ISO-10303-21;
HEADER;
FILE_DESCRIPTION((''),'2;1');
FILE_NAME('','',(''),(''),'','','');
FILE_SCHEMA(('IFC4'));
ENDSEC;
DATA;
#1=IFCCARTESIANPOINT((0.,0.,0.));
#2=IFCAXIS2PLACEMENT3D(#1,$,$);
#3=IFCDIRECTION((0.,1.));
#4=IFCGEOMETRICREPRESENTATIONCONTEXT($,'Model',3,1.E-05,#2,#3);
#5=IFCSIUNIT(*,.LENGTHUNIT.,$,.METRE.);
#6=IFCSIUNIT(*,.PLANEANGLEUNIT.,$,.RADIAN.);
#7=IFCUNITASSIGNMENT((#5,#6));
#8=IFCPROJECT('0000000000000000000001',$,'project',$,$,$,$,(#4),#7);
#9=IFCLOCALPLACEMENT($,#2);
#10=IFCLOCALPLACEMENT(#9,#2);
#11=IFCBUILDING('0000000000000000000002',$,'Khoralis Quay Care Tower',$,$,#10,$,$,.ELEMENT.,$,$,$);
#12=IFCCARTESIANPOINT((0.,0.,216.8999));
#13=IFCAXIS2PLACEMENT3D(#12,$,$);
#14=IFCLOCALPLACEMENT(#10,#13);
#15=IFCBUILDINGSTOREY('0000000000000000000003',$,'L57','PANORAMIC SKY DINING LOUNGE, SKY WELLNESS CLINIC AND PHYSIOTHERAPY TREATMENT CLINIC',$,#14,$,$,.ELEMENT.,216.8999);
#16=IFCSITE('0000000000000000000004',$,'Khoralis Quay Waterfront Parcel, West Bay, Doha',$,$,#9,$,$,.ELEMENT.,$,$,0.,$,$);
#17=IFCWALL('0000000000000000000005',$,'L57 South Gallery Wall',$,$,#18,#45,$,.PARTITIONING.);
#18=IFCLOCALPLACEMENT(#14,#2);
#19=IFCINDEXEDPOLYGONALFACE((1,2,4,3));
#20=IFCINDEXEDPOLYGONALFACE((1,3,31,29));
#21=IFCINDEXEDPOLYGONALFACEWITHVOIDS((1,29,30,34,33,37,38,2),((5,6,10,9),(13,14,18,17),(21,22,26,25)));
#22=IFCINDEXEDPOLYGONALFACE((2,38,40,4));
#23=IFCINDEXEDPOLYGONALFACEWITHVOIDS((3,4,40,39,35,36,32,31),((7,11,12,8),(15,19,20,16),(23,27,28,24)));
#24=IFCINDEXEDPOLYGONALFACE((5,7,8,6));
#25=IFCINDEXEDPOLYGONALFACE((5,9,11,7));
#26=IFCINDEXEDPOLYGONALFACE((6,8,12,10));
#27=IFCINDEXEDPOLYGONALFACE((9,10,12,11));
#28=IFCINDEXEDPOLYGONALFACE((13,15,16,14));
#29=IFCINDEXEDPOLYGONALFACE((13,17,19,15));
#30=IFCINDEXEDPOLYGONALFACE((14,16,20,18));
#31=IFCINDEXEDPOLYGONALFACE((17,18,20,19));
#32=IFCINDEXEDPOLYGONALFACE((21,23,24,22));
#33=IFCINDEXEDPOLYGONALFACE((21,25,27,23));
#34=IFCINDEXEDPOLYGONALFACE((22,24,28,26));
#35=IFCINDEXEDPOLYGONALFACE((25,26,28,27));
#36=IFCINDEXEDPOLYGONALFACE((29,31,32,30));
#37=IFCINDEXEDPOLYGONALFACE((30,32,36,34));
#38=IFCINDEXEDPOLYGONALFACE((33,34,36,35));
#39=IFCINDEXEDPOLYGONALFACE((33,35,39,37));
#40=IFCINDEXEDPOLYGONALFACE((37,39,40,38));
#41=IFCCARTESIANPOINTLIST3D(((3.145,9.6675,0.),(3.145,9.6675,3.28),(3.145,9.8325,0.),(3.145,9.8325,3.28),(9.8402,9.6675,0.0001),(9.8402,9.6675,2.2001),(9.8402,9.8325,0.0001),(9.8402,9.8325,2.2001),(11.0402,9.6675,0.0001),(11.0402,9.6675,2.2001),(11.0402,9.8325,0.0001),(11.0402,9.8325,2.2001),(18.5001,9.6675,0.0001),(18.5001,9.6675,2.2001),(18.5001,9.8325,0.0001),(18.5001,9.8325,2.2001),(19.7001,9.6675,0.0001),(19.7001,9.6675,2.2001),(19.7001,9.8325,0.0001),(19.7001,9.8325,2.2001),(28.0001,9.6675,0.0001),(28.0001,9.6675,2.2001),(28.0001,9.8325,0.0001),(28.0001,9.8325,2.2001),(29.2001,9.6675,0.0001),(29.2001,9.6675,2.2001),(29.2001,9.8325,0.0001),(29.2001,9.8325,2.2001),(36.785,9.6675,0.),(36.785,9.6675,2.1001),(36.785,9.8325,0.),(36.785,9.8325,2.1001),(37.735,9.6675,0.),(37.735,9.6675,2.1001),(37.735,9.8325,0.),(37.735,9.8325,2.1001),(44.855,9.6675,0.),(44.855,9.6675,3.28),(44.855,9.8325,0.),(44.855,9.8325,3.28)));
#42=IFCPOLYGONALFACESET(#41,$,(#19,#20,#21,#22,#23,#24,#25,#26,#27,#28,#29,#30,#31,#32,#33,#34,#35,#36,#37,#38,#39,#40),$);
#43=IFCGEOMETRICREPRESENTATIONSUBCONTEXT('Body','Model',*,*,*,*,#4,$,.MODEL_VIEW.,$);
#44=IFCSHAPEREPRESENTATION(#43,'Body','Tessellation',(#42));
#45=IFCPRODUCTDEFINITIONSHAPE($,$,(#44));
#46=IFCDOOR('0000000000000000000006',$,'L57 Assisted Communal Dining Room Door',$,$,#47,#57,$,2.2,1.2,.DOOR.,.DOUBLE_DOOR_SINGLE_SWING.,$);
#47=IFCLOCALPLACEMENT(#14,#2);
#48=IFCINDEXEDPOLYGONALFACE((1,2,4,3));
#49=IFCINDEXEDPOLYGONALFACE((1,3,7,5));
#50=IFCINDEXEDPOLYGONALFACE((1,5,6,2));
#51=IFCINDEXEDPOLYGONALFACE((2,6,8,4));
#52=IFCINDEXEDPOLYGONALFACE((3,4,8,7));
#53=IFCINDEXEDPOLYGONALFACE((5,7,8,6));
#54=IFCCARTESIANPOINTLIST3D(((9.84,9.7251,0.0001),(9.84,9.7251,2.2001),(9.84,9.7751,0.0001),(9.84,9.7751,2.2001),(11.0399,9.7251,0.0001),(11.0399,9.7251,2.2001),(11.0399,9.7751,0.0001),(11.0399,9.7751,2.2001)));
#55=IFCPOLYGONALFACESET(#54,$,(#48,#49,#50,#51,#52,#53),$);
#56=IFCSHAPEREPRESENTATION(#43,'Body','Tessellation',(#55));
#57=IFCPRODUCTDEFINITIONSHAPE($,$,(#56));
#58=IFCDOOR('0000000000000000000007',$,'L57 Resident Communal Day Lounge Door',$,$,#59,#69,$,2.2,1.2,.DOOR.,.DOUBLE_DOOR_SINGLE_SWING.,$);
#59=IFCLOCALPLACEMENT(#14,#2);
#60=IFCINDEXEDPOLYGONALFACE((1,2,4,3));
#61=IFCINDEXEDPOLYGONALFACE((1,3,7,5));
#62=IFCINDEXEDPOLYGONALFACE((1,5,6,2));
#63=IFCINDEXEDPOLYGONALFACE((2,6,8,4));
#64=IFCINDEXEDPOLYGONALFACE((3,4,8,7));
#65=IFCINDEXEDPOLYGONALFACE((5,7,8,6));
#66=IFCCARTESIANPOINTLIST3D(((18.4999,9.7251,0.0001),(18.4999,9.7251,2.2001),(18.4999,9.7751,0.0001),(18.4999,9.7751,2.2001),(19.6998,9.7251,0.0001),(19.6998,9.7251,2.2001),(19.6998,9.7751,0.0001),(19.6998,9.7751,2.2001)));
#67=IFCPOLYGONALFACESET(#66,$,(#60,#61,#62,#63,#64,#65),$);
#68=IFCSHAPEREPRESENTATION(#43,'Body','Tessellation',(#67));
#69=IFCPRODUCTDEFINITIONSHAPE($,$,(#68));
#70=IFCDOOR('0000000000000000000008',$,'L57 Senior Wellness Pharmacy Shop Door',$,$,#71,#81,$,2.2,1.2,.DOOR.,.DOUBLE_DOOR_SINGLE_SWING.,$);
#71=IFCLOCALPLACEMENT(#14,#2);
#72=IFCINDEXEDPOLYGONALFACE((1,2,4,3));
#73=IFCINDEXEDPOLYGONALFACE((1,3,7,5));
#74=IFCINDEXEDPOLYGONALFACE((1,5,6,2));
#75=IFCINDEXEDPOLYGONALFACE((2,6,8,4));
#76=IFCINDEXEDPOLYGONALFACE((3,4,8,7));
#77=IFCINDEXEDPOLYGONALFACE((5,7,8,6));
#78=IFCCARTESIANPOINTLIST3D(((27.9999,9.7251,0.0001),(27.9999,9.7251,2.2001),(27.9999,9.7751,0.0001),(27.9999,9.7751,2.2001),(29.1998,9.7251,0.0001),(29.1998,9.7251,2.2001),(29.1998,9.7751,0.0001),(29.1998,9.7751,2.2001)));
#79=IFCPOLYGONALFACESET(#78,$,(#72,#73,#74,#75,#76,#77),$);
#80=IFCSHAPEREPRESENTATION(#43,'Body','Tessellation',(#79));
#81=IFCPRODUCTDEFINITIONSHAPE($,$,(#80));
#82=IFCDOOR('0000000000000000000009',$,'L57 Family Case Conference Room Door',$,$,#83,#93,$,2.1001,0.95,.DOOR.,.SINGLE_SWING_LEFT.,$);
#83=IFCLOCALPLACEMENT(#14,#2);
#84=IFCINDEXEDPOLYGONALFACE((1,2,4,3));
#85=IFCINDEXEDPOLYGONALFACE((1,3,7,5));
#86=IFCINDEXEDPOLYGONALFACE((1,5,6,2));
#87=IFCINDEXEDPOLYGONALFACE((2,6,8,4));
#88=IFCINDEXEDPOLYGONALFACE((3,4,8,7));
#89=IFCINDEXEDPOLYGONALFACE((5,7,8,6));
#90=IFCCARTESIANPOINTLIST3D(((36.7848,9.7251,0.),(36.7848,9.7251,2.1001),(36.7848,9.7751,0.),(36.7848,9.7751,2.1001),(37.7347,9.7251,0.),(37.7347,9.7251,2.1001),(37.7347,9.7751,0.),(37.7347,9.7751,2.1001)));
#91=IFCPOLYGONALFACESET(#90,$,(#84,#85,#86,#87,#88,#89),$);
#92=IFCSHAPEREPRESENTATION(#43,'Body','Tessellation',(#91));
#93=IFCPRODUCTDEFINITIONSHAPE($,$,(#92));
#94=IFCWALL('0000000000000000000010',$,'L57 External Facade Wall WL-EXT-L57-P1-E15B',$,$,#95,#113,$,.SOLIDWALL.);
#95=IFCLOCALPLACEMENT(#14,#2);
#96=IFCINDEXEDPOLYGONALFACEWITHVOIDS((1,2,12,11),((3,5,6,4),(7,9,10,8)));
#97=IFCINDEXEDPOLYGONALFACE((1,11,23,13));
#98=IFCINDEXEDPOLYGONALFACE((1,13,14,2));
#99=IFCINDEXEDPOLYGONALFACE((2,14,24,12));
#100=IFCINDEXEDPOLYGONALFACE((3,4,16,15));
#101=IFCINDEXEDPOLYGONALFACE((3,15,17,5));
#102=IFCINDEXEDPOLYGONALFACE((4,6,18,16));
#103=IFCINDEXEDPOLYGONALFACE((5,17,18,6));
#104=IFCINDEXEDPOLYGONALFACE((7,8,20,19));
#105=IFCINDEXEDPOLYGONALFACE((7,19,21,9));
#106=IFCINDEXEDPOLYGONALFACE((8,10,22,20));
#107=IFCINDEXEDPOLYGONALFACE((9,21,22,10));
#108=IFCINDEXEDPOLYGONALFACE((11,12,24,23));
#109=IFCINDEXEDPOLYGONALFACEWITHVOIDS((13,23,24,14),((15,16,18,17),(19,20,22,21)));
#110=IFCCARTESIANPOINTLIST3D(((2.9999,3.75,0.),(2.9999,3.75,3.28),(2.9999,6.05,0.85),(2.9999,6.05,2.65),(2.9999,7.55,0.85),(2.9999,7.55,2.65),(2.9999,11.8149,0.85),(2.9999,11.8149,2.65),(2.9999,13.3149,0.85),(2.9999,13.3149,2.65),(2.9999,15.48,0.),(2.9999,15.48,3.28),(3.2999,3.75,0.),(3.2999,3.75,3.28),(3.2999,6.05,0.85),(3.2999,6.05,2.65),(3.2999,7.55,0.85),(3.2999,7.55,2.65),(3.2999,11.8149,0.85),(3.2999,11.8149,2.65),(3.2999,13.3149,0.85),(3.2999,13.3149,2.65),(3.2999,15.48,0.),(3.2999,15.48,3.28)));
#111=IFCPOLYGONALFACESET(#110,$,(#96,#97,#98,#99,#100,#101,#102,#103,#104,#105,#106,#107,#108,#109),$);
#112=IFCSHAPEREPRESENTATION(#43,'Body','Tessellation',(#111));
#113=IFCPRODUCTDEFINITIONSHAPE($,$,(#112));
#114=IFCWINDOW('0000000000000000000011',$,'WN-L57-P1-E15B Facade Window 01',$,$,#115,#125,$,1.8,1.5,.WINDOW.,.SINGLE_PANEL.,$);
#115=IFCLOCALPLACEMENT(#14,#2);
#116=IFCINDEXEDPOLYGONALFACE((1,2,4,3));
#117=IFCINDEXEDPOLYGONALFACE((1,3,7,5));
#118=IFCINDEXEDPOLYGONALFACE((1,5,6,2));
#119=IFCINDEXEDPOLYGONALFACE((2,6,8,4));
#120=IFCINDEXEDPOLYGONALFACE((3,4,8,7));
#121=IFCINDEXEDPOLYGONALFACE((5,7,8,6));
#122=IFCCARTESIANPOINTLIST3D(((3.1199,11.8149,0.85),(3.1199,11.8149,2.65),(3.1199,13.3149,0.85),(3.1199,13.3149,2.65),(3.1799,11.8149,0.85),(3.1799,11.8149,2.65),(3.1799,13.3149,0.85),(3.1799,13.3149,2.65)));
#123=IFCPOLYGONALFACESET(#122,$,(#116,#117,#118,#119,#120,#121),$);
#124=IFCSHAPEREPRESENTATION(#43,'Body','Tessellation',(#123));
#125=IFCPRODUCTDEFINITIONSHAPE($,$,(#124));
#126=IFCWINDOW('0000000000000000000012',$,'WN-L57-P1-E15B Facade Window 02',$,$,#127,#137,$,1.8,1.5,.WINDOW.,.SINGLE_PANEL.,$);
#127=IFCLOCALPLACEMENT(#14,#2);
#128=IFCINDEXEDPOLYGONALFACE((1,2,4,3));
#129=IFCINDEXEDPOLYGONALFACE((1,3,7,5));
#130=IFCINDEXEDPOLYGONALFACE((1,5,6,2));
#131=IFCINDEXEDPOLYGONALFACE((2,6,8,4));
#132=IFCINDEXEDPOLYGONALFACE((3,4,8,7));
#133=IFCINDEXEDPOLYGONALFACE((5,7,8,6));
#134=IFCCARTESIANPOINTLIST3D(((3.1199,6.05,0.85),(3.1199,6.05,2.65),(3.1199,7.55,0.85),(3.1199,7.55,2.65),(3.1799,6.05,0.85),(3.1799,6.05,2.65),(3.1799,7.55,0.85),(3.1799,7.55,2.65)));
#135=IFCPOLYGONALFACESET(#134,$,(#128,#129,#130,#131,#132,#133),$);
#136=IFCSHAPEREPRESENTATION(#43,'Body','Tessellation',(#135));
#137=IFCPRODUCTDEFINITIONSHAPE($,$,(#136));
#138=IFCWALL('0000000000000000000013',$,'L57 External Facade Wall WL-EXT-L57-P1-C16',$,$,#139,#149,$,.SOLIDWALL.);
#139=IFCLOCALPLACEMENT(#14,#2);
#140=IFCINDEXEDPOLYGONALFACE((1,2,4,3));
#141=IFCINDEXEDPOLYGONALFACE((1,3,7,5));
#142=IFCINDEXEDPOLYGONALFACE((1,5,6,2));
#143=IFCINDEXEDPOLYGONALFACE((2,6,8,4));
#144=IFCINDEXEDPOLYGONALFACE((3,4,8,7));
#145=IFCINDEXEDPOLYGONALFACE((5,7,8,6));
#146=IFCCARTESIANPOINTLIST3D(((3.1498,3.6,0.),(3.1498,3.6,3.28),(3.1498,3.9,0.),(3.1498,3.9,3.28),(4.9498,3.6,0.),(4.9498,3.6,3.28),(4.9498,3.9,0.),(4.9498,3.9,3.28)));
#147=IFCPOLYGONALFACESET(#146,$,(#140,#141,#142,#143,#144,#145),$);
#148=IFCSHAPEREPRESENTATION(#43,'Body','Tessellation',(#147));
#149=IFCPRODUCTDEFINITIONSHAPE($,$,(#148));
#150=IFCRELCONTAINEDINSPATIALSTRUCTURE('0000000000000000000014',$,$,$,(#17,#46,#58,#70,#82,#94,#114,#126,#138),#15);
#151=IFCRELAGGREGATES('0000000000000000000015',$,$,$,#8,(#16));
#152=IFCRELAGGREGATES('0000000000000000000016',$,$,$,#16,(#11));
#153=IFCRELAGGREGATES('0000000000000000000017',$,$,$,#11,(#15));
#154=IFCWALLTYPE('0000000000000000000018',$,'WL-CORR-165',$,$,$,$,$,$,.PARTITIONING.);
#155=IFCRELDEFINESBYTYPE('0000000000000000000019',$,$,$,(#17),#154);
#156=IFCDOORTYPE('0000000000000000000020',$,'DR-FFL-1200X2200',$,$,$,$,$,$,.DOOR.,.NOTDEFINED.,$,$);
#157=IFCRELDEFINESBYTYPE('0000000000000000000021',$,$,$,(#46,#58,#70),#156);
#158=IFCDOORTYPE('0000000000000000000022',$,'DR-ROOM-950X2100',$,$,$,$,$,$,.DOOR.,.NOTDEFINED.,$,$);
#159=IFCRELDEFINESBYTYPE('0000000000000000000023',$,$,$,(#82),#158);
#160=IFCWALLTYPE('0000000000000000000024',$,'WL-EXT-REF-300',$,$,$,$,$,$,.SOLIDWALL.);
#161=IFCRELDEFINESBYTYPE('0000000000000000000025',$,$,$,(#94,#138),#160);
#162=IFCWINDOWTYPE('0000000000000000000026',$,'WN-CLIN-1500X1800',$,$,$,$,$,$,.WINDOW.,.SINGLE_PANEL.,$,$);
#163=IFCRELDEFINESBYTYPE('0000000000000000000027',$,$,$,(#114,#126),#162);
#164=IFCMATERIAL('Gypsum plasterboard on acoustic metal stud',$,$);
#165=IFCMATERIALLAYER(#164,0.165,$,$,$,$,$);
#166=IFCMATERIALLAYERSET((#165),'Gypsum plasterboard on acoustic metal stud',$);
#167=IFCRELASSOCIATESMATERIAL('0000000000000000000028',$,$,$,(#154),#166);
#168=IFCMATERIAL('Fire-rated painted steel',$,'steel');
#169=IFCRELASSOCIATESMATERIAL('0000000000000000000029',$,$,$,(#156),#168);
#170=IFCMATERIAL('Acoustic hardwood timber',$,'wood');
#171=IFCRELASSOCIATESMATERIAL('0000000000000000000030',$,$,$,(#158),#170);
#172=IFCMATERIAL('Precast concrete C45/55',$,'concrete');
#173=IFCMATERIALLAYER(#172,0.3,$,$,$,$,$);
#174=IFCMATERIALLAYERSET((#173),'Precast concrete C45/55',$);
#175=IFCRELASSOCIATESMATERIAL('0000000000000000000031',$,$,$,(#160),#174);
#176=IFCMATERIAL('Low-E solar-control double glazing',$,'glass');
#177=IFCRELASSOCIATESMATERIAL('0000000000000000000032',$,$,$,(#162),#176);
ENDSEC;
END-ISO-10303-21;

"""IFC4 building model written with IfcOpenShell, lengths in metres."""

from ifc_helpers import new_model, si_unit, direction, frame, frame_2d, origin, place, context, subcontext, project, spatial, rectangle, extrude, source, transform, mapped, material, layer, layer_set, type_object, element, fill, save


model = new_model("IFC4")

# Units and contexts
model_context = context("Model", 3, precision=1e-05, world=origin(), true_north=direction((0.0, 1.0)))
body_context = subcontext(model_context, "Body", "Model", "MODEL_VIEW")
ifc_project = project(units=[si_unit("LENGTHUNIT", "METRE"), si_unit("PLANEANGLEUNIT", "RADIAN")], contexts=[model_context])

# Site, building, storey
site_placement = place(None, origin())
site = spatial("IfcSite", under=ifc_project, at=site_placement, Name="Khoralis Quay Waterfront Parcel, West Bay, Doha", CompositionType="ELEMENT", RefElevation=0.0)
building_placement = place(site_placement, origin())
building = spatial("IfcBuilding", under=site, at=building_placement, Name="Khoralis Quay Care Tower", CompositionType="ELEMENT")
storey_placement = place(building_placement, frame((0.0, 0.0, 216.8999)))
storey = spatial("IfcBuildingStorey", under=building, at=storey_placement, Name="L57", Description="PANORAMIC SKY DINING LOUNGE, SKY WELLNESS CLINIC AND PHYSIOTHERAPY TREATMENT CLINIC", CompositionType="ELEMENT", Elevation=216.8999)

# Shared definitions
ifc_material_1 = material(Name="Low-E solar-control double glazing", Category="glass")

# Wall, openings, doors
ifc_material_2 = material(Name="Gypsum plasterboard on acoustic metal stud")
ifc_layer_1 = layer(ifc_material_2, 0.165)
ifc_layer_set_1 = layer_set([ifc_layer_1], Name="Gypsum plasterboard on acoustic metal stud")
wall_type_1 = type_object("IfcWallType", Name="WL-CORR-165", PredefinedType="PARTITIONING", material=ifc_layer_set_1)
wall_1_placement = place(storey_placement, frame((3.145, 9.75, 0.0), z_axis=(0.0, 0.0, 1.0), x_axis=(1.0, 0.0, 0.0)))
wall_1 = element("IfcWall", 1, at=wall_1_placement, inside=storey, type_object=wall_type_1, Name="L57 South Gallery Wall", PredefinedType="PARTITIONING", context=body_context, shape_type="SweptSolid", body=[
    extrude(rectangle(XDim=41.71, YDim=0.165, at=frame_2d((20.855, 0.0))), origin(), (0.0, 0.0, 1.0), 3.28),
])
opening_1_placement = place(wall_1_placement, frame((6.6951, 0.0, 0.0)))
opening_1 = element("IfcOpeningElement", 2, at=opening_1_placement, cuts=wall_1, PredefinedType="OPENING", context=body_context, shape_type="SweptSolid", body=[
    extrude(rectangle(XDim=1.2, YDim=2.2, at=frame_2d((0.6001, 1.1001))), frame((0.0, 0.0925, 0.0), z_axis=(0.0, -1.0, 0.0), x_axis=(1.0, 0.0, 0.0)), (0.0, 0.0, 1.0), 0.1851),
])
opening_2_placement = place(wall_1_placement, frame((15.355, 0.0, 0.0)))
opening_2 = element("IfcOpeningElement", 3, at=opening_2_placement, cuts=wall_1, PredefinedType="OPENING", context=body_context, shape_type="SweptSolid", body=[
    extrude(rectangle(XDim=1.2, YDim=2.2, at=frame_2d((0.6001, 1.1001))), frame((0.0, 0.0925, 0.0), z_axis=(0.0, -1.0, 0.0), x_axis=(1.0, 0.0, 0.0)), (0.0, 0.0, 1.0), 0.1851),
])
opening_3_placement = place(wall_1_placement, frame((24.855, 0.0, 0.0)))
opening_3 = element("IfcOpeningElement", 4, at=opening_3_placement, cuts=wall_1, PredefinedType="OPENING", context=body_context, shape_type="SweptSolid", body=[
    extrude(rectangle(XDim=1.2, YDim=2.2, at=frame_2d((0.6001, 1.1001))), frame((0.0, 0.0925, 0.0), z_axis=(0.0, -1.0, 0.0), x_axis=(1.0, 0.0, 0.0)), (0.0, 0.0, 1.0), 0.1851),
])
opening_4_placement = place(wall_1_placement, frame((33.6399, 0.0, 0.0)))
opening_4 = element("IfcOpeningElement", 5, at=opening_4_placement, cuts=wall_1, PredefinedType="OPENING", context=body_context, shape_type="SweptSolid", body=[
    extrude(rectangle(XDim=0.95, YDim=2.1001, at=frame_2d((0.4751, 1.05))), frame((0.0, 0.0925, 0.0), z_axis=(0.0, -1.0, 0.0), x_axis=(1.0, 0.0, 0.0)), (0.0, 0.0, 1.0), 0.1851),
])
ifc_material_3 = material(Name="Fire-rated painted steel", Category="steel")
door_type_1 = type_object("IfcDoorType", Name="DR-FFL-1200X2200", OperationType="NOTDEFINED", PredefinedType="DOOR", material=ifc_material_3)
shared_shape_1 = source(origin(), body_context, "Body", "SweptSolid", [
    extrude(rectangle(XDim=1.2, YDim=2.2, at=frame_2d((0.6001, 1.1001))), frame((0.0, 0.0249, 0.0), z_axis=(0.0, -1.0, 0.0), x_axis=(1.0, 0.0, 0.0)), (0.0, 0.0, 1.0), 0.05),
])
door_1_placement = place(opening_1_placement, frame((1.2, 0.0, 0.0), z_axis=(0.0, 0.0, 1.0), x_axis=(-1.0, 0.0, 0.0)))
door_1 = element("IfcDoor", 6, at=door_1_placement, inside=storey, type_object=door_type_1, Name="L57 Assisted Communal Dining Room Door", OperationType="DOUBLE_DOOR_SINGLE_SWING", OverallHeight=2.2, OverallWidth=1.2, PredefinedType="DOOR", context=body_context, shape_type="MappedRepresentation", body=[
    mapped(shared_shape_1, transform((0.0, 0.0, 0.0), scale=1.0)),
])
fill(opening_1, door_1)
door_2_placement = place(opening_2_placement, frame((1.2, 0.0, 0.0), z_axis=(0.0, 0.0, 1.0), x_axis=(-1.0, 0.0, 0.0)))
door_2 = element("IfcDoor", 7, at=door_2_placement, inside=storey, type_object=door_type_1, Name="L57 Resident Communal Day Lounge Door", OperationType="DOUBLE_DOOR_SINGLE_SWING", OverallHeight=2.2, OverallWidth=1.2, PredefinedType="DOOR", context=body_context, shape_type="MappedRepresentation", body=[
    mapped(shared_shape_1, transform((0.0, 0.0, 0.0), scale=1.0)),
])
fill(opening_2, door_2)
door_3_placement = place(opening_3_placement, frame((1.2, 0.0, 0.0), z_axis=(0.0, 0.0, 1.0), x_axis=(-1.0, 0.0, 0.0)))
door_3 = element("IfcDoor", 8, at=door_3_placement, inside=storey, type_object=door_type_1, Name="L57 Senior Wellness Pharmacy Shop Door", OperationType="DOUBLE_DOOR_SINGLE_SWING", OverallHeight=2.2, OverallWidth=1.2, PredefinedType="DOOR", context=body_context, shape_type="MappedRepresentation", body=[
    mapped(shared_shape_1, transform((0.0, 0.0, 0.0), scale=1.0)),
])
fill(opening_3, door_3)
ifc_material_4 = material(Name="Acoustic hardwood timber", Category="wood")
door_type_2 = type_object("IfcDoorType", Name="DR-ROOM-950X2100", OperationType="NOTDEFINED", PredefinedType="DOOR", material=ifc_material_4)
shared_shape_2 = source(origin(), body_context, "Body", "SweptSolid", [
    extrude(rectangle(XDim=0.95, YDim=2.1001, at=frame_2d((0.4751, 1.05))), frame((0.0, 0.0249, 0.0), z_axis=(0.0, -1.0, 0.0), x_axis=(1.0, 0.0, 0.0)), (0.0, 0.0, 1.0), 0.05),
])
door_4_placement = place(opening_4_placement, frame((0.95, 0.0, 0.0), z_axis=(0.0, 0.0, 1.0), x_axis=(-1.0, 0.0, 0.0)))
door_4 = element("IfcDoor", 9, at=door_4_placement, inside=storey, type_object=door_type_2, Name="L57 Family Case Conference Room Door", OperationType="SINGLE_SWING_LEFT", OverallHeight=2.1001, OverallWidth=0.95, PredefinedType="DOOR", context=body_context, shape_type="MappedRepresentation", body=[
    mapped(shared_shape_2, transform((0.0, 0.0, 0.0), scale=1.0)),
])
fill(opening_4, door_4)

# Wall, openings, windows
ifc_material_5 = material(Name="Precast concrete C45/55", Category="concrete")
ifc_layer_2 = layer(ifc_material_5, 0.3)
ifc_layer_set_2 = layer_set([ifc_layer_2], Name="Precast concrete C45/55")
wall_type_2 = type_object("IfcWallType", Name="WL-EXT-REF-300", PredefinedType="SOLIDWALL", material=ifc_layer_set_2)
wall_2_placement = place(storey_placement, frame((3.1499, 15.48, 0.0), z_axis=(0.0, 0.0, 1.0), x_axis=(0.0, -1.0, 0.0)))
wall_2 = element("IfcWall", 10, at=wall_2_placement, inside=storey, type_object=wall_type_2, Name="L57 External Facade Wall WL-EXT-L57-P1-E15B", PredefinedType="SOLIDWALL", context=body_context, shape_type="SweptSolid", body=[
    extrude(rectangle(XDim=11.73, YDim=0.3, at=frame_2d((5.865, 0.0))), origin(), (0.0, 0.0, 1.0), 3.28),
])
opening_5_placement = place(wall_2_placement, frame((2.165, 0.0, 0.8501)))
opening_5 = element("IfcOpeningElement", 11, at=opening_5_placement, cuts=wall_2, PredefinedType="OPENING", context=body_context, shape_type="SweptSolid", body=[
    extrude(rectangle(XDim=1.5, YDim=1.8, at=frame_2d((0.75, 0.8999))), frame((0.0, 0.1602, 0.0), z_axis=(0.0, -1.0, 0.0), x_axis=(1.0, 0.0, 0.0)), (0.0, 0.0, 1.0), 0.3201),
])
opening_6_placement = place(wall_2_placement, frame((7.9299, 0.0, 0.8501)))
opening_6 = element("IfcOpeningElement", 12, at=opening_6_placement, cuts=wall_2, PredefinedType="OPENING", context=body_context, shape_type="SweptSolid", body=[
    extrude(rectangle(XDim=1.5, YDim=1.8, at=frame_2d((0.75, 0.8999))), frame((0.0, 0.1602, 0.0), z_axis=(0.0, -1.0, 0.0), x_axis=(1.0, 0.0, 0.0)), (0.0, 0.0, 1.0), 0.3201),
])
window_type = type_object("IfcWindowType", Name="WN-CLIN-1500X1800", PartitioningType="SINGLE_PANEL", PredefinedType="WINDOW", material=ifc_material_1)
shared_shape_3 = source(origin(), body_context, "Body", "SweptSolid", [
    extrude(rectangle(XDim=1.5, YDim=1.8, at=frame_2d((0.75, 0.8999))), frame((0.0, 0.03, 0.0), z_axis=(0.0, -1.0, 0.0), x_axis=(1.0, 0.0, 0.0)), (0.0, 0.0, 1.0), 0.0601),
])
window_1_placement = place(opening_5_placement, origin())
window_1 = element("IfcWindow", 13, at=window_1_placement, inside=storey, type_object=window_type, Name="WN-L57-P1-E15B Facade Window 01", OverallHeight=1.8, OverallWidth=1.5, PartitioningType="SINGLE_PANEL", PredefinedType="WINDOW", context=body_context, shape_type="MappedRepresentation", body=[
    mapped(shared_shape_3, transform((0.0, 0.0, 0.0), scale=1.0)),
])
fill(opening_5, window_1)
window_2_placement = place(opening_6_placement, origin())
window_2 = element("IfcWindow", 14, at=window_2_placement, inside=storey, type_object=window_type, Name="WN-L57-P1-E15B Facade Window 02", OverallHeight=1.8, OverallWidth=1.5, PartitioningType="SINGLE_PANEL", PredefinedType="WINDOW", context=body_context, shape_type="MappedRepresentation", body=[
    mapped(shared_shape_3, transform((0.0, 0.0, 0.0), scale=1.0)),
])
fill(opening_6, window_2)

# Wall
wall_3_placement = place(storey_placement, frame((3.1499, 3.75, 0.0), z_axis=(0.0, 0.0, 1.0), x_axis=(1.0, 0.0, 0.0)))
element("IfcWall", 15, at=wall_3_placement, inside=storey, type_object=wall_type_2, Name="L57 External Facade Wall WL-EXT-L57-P1-C16", PredefinedType="SOLIDWALL", context=body_context, shape_type="SweptSolid", body=[
    extrude(rectangle(XDim=1.8, YDim=0.3, at=frame_2d((0.8999, 0.0))), origin(), (0.0, 0.0, 1.0), 3.28),
])

save(model, "model.ifc")
